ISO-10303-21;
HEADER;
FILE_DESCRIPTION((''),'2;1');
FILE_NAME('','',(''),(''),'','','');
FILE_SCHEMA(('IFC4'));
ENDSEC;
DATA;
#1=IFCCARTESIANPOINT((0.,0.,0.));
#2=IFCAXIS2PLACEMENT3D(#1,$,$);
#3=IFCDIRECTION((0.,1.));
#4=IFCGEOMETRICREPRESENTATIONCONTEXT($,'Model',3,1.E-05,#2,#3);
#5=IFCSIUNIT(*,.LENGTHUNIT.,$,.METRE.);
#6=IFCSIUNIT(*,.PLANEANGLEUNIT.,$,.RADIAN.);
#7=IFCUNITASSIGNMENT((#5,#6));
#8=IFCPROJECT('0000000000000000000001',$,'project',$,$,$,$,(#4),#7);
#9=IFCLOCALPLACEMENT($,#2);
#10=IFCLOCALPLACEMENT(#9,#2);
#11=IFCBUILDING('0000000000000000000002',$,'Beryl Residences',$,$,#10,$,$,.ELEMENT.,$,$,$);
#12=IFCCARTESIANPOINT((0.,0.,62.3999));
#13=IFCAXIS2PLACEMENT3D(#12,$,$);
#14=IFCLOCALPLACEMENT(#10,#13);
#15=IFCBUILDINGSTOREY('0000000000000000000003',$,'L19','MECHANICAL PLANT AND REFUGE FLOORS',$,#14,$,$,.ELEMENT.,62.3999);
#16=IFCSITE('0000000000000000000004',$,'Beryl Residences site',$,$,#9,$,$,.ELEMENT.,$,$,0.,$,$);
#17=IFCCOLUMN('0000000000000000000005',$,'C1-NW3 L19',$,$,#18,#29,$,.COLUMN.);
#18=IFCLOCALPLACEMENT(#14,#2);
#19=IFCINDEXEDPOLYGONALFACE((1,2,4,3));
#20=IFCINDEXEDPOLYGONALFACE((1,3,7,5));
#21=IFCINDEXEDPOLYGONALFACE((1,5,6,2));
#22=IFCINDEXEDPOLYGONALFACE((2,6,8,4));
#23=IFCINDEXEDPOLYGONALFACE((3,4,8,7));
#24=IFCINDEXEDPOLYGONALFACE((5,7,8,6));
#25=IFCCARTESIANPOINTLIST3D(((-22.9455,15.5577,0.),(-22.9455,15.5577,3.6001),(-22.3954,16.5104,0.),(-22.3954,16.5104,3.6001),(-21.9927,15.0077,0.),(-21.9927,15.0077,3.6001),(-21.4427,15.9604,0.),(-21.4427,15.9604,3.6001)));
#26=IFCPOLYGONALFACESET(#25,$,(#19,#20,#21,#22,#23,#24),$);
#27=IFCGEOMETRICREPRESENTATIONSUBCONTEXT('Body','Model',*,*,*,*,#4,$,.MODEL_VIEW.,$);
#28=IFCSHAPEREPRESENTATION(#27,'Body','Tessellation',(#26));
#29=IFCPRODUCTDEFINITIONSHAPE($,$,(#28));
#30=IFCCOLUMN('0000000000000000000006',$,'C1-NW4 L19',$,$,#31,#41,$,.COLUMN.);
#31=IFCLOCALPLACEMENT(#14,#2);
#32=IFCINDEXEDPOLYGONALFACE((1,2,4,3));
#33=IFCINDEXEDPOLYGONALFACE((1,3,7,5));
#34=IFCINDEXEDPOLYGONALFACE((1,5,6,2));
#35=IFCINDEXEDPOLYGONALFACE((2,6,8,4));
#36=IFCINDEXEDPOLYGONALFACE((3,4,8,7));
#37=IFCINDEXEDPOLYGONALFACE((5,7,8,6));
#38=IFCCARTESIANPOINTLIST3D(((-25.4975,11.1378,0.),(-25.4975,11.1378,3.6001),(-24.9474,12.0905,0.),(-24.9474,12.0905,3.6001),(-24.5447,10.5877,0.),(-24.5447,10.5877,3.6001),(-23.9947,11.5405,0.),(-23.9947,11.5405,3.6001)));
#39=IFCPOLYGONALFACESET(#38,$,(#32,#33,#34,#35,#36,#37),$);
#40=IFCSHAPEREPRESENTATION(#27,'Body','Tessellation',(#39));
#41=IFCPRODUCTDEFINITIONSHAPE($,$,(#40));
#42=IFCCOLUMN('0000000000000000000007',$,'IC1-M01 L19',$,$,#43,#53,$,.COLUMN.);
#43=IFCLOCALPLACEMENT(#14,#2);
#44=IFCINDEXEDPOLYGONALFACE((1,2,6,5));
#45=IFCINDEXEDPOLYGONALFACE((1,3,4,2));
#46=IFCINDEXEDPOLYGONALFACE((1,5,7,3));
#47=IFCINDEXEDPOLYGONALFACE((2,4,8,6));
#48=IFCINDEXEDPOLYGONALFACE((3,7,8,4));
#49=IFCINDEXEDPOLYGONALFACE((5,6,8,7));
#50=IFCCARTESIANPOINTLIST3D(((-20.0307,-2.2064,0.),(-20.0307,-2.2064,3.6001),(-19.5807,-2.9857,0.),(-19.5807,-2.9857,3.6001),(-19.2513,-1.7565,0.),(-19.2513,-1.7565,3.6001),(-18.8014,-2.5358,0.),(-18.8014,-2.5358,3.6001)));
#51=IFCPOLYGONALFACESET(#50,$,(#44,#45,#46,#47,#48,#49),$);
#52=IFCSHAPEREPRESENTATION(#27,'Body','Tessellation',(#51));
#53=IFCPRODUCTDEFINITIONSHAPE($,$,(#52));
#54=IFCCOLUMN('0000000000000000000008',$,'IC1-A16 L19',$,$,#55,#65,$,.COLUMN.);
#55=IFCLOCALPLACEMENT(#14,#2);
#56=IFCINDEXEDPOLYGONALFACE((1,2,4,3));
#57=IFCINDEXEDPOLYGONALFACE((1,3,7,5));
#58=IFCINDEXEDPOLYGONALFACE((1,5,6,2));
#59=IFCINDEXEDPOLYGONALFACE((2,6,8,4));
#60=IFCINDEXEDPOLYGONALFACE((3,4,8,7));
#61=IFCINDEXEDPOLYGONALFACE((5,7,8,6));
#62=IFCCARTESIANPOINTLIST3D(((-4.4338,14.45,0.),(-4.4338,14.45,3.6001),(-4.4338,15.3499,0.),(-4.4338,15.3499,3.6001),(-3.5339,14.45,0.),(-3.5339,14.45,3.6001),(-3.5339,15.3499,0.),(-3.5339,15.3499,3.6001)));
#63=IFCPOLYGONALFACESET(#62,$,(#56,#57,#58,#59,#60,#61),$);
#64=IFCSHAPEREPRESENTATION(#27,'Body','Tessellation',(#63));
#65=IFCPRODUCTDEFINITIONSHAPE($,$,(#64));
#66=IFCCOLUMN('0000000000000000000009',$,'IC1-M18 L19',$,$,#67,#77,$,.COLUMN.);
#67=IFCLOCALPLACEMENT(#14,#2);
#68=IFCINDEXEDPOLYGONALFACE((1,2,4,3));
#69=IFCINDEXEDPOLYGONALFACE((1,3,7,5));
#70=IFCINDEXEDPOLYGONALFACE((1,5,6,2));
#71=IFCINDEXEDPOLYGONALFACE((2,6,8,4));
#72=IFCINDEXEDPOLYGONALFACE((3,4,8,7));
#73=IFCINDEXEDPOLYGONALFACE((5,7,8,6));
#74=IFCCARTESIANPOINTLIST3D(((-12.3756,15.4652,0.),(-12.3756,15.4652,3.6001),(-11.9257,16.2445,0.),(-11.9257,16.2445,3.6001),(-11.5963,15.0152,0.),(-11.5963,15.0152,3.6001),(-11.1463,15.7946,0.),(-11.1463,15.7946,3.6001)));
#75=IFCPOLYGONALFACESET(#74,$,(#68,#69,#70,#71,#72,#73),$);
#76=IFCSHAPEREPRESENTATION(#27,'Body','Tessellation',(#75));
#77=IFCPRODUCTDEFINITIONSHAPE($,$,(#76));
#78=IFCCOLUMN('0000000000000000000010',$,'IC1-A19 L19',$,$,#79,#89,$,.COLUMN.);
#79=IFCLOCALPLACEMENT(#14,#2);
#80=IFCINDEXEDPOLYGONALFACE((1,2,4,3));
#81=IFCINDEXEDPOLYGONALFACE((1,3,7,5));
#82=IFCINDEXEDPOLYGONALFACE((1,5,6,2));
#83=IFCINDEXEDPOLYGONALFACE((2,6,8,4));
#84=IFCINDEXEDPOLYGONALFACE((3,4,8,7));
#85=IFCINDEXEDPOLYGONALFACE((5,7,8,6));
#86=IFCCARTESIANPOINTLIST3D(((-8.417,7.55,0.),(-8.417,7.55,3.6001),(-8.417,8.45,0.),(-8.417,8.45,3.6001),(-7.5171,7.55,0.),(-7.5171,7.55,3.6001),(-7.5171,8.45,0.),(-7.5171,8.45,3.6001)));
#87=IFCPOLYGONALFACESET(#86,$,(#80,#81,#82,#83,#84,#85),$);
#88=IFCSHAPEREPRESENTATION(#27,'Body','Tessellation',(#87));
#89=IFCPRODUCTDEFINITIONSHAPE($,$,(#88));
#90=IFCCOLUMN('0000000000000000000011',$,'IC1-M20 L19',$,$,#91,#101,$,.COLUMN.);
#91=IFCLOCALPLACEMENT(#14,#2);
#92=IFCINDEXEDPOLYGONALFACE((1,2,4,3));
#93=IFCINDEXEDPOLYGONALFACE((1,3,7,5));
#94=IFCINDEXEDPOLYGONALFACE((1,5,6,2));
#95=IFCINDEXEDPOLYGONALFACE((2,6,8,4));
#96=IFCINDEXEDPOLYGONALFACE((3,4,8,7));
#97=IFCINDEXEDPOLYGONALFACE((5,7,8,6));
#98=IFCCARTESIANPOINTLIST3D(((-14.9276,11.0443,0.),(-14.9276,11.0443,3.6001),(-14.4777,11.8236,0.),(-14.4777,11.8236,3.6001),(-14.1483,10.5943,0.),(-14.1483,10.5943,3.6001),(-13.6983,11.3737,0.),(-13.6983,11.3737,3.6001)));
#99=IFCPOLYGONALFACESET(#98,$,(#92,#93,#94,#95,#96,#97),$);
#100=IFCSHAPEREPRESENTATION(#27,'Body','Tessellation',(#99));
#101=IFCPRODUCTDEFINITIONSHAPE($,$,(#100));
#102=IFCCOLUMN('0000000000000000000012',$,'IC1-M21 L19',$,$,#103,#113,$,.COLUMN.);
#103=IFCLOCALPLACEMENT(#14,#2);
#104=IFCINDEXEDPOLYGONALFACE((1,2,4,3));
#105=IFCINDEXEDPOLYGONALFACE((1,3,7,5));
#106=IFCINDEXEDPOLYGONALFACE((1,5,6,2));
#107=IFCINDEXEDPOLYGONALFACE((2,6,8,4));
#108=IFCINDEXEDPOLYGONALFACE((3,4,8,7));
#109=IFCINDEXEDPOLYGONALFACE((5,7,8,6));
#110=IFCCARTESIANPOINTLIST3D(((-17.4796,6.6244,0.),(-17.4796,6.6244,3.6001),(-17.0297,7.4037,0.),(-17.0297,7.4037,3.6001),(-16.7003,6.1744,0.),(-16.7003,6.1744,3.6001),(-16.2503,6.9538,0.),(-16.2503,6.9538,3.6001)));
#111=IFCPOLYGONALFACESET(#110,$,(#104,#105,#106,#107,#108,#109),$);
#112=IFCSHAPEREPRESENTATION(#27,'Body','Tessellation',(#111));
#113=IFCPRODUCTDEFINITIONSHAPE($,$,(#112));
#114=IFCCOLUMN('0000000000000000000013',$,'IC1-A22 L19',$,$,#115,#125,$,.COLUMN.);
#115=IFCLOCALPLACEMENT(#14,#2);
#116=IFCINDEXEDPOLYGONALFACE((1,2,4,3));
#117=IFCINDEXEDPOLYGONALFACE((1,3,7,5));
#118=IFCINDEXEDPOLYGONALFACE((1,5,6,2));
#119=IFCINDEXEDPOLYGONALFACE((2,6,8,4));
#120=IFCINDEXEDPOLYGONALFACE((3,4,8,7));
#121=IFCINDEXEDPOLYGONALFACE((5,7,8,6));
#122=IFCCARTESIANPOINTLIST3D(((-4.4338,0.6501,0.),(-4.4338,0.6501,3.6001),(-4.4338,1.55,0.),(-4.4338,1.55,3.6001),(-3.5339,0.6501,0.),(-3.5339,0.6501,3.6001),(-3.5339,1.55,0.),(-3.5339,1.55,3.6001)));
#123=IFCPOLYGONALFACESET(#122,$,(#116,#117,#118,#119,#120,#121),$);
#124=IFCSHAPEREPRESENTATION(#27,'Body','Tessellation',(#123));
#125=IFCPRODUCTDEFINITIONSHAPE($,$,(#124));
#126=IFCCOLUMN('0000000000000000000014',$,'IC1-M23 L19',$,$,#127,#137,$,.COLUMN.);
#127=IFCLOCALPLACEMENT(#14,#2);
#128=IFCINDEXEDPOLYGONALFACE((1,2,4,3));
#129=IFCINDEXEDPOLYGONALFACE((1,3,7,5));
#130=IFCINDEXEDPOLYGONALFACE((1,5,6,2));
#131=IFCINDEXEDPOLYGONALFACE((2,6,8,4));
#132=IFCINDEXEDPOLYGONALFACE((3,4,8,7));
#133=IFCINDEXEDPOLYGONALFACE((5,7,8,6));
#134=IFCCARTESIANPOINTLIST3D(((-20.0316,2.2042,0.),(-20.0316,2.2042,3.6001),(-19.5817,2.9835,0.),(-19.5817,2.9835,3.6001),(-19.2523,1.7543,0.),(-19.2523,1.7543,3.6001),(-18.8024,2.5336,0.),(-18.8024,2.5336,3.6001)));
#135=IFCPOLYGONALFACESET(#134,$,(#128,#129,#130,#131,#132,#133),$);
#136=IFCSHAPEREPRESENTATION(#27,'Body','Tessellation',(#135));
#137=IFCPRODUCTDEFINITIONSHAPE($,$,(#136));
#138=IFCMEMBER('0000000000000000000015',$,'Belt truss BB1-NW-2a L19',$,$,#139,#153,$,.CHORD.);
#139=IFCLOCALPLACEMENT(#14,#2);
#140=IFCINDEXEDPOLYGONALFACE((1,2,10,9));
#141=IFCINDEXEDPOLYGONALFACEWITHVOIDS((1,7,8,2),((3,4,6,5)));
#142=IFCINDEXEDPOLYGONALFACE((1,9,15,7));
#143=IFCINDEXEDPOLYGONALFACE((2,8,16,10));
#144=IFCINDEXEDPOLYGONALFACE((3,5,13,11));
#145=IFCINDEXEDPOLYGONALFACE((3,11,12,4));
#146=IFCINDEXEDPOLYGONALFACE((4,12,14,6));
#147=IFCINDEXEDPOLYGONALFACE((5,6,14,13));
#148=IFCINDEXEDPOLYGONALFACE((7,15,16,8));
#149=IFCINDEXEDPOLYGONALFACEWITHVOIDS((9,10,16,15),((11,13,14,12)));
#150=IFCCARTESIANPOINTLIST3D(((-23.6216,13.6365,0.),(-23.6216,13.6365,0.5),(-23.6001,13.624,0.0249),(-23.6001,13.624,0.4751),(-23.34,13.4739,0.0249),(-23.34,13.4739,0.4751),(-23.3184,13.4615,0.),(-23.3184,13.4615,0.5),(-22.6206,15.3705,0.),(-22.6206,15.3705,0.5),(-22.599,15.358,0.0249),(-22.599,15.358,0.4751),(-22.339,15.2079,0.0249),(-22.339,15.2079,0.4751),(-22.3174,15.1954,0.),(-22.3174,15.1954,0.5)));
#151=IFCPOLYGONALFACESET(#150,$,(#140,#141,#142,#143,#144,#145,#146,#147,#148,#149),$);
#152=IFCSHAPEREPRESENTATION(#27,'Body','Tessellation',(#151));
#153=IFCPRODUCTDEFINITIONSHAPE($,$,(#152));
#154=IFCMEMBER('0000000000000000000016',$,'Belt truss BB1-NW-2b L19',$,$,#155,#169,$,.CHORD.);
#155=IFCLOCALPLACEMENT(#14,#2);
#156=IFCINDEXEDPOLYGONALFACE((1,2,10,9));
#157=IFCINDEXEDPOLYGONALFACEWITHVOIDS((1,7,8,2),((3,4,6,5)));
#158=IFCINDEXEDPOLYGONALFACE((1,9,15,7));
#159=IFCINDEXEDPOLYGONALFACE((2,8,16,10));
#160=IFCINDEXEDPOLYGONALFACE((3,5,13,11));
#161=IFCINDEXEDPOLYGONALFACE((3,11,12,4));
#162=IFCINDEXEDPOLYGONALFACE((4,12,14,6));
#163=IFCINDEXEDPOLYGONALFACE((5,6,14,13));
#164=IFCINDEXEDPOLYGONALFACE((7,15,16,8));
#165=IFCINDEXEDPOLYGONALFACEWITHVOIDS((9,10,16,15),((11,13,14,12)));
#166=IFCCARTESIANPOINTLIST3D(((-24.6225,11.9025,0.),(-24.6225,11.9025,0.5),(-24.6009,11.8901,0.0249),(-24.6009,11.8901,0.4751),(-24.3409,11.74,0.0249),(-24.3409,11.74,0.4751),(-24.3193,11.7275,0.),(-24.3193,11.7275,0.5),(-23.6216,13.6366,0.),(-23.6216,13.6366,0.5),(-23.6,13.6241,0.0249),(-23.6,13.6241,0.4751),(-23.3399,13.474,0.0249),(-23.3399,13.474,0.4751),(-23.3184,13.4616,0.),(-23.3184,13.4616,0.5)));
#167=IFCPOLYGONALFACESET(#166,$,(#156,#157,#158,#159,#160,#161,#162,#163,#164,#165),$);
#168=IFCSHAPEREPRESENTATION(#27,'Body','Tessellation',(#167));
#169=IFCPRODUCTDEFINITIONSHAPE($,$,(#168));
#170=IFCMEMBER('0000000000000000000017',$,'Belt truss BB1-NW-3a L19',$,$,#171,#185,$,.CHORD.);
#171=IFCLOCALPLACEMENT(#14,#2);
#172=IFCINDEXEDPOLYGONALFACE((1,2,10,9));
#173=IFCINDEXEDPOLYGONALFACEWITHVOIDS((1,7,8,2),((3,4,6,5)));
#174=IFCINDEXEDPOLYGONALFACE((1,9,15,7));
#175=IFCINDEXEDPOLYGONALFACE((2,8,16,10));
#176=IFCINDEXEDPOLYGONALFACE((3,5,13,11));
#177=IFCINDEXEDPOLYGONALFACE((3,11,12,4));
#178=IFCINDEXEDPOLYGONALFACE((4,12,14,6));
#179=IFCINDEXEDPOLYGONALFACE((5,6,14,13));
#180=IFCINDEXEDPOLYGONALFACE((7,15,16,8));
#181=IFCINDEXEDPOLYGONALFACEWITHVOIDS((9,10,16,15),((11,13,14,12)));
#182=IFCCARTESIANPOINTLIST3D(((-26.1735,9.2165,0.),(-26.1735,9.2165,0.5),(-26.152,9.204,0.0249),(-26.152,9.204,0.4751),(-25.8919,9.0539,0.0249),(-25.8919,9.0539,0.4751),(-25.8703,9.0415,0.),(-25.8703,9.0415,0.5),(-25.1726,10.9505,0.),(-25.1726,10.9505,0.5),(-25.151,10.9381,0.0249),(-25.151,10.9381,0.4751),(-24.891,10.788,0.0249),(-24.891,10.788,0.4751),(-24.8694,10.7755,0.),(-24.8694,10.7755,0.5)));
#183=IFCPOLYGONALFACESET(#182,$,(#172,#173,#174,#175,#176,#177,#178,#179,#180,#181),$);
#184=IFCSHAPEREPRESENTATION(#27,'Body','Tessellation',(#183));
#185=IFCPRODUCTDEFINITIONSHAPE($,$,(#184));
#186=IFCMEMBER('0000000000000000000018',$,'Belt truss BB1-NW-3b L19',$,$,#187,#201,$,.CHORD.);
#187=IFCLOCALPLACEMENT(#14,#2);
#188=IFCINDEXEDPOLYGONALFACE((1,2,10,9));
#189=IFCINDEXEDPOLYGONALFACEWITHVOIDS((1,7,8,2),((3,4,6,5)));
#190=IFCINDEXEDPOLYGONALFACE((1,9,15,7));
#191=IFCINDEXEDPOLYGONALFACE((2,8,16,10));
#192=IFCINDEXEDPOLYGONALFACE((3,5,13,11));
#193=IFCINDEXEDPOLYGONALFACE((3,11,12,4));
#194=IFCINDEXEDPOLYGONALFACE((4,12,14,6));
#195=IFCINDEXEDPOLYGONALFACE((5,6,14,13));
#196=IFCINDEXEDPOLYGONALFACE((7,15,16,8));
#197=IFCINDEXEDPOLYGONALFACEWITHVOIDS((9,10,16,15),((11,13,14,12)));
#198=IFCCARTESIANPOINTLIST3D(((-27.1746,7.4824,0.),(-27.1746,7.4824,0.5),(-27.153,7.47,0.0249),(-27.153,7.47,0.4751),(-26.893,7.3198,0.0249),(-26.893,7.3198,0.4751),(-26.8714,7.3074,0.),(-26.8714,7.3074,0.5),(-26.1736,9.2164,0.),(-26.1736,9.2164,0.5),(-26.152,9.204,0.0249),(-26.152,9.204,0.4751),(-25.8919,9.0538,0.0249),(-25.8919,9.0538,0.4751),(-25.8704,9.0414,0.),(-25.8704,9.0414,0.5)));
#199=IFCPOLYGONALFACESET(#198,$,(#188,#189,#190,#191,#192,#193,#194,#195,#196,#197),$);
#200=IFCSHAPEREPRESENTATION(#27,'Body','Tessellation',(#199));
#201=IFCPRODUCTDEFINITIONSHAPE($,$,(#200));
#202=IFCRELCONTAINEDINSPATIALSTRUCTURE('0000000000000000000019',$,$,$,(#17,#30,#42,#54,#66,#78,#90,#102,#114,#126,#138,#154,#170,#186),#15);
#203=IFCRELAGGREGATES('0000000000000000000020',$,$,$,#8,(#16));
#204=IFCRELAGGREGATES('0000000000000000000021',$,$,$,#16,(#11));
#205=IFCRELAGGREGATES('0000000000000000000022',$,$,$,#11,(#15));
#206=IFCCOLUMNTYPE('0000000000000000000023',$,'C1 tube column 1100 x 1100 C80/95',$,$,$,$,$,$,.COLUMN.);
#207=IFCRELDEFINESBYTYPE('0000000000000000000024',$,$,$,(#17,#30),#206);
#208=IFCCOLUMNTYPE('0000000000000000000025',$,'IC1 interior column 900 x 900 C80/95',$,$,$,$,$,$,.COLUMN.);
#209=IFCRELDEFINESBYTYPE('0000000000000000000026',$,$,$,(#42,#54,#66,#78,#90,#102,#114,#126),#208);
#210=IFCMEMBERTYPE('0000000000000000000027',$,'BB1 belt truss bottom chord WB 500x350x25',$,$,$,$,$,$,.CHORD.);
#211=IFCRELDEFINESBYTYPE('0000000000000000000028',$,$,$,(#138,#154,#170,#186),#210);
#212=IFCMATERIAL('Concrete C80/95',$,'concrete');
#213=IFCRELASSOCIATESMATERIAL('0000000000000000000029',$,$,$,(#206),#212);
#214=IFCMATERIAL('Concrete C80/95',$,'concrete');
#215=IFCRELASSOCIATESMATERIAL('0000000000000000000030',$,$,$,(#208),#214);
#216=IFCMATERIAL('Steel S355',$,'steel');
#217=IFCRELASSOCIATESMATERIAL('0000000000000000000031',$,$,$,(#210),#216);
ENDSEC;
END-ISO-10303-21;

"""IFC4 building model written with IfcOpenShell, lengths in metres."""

from ifc_helpers import new_model, si_unit, direction, frame, origin, origin_2d, place, context, subcontext, project, spatial, rectangle, hollow_rectangle, extrude, material, material_profile, profile_set, type_object, element, save


model = new_model("IFC4")

# Units and contexts
model_context = context("Model", 3, precision=1e-05, world=origin(), true_north=direction((0.0, 1.0)))
body_context = subcontext(model_context, "Body", "Model", "MODEL_VIEW")
ifc_project = project(units=[si_unit("LENGTHUNIT", "METRE"), si_unit("PLANEANGLEUNIT", "RADIAN")], contexts=[model_context])

# Site, building, storey
site_placement = place(None, origin())
site = spatial("IfcSite", under=ifc_project, at=site_placement, Name="Beryl Residences site", CompositionType="ELEMENT", RefElevation=0.0)
building_placement = place(site_placement, origin())
building = spatial("IfcBuilding", under=site, at=building_placement, Name="Beryl Residences", CompositionType="ELEMENT")
storey_placement = place(building_placement, frame((0.0, 0.0, 62.3999)))
storey = spatial("IfcBuildingStorey", under=building, at=storey_placement, Name="L19", Description="MECHANICAL PLANT AND REFUGE FLOORS", CompositionType="ELEMENT", Elevation=62.3999)

# Columns
ifc_material_1 = material(Name="Concrete C80/95", Category="concrete")
ifc_material_profile_1 = material_profile(ifc_material_1, rectangle(XDim=1.1001, YDim=1.1001, at=origin_2d()))
ifc_profile_set_1 = profile_set([ifc_material_profile_1], Name="Concrete C80/95")
column_type_1 = type_object("IfcColumnType", Name="C1 tube column 1100 x 1100 C80/95", PredefinedType="COLUMN", material=ifc_profile_set_1)
for number, where, z_axis, x_axis, name in (
    (1, (-22.1941, 15.759, 0.0), (0.0, 0.0, 1.0), (-0.499985, -0.866034, 0.0), "C1-NW3 L19"),
    (2, (-24.7461, 11.3391, 0.0), (0.0, 0.0, 1.0), (-0.499985, -0.866034, 0.0), "C1-NW4 L19"),
):
    element("IfcColumn", number, at=place(storey_placement, frame(where, z_axis=z_axis, x_axis=x_axis)), inside=storey, type_object=column_type_1, Name=name, PredefinedType="COLUMN", context=body_context, shape_type="SweptSolid", body=[
        extrude(rectangle(XDim=1.1001, YDim=1.1001, at=origin_2d()), origin(), (0.0, 0.0, 1.0), 3.6001),
    ])
ifc_material_2 = material(Name="Concrete C80/95", Category="concrete")
ifc_material_profile_2 = material_profile(ifc_material_2, rectangle(XDim=0.8999, YDim=0.8999, at=origin_2d()))
ifc_profile_set_2 = profile_set([ifc_material_profile_2], Name="Concrete C80/95")
column_type_2 = type_object("IfcColumnType", Name="IC1 interior column 900 x 900 C80/95", PredefinedType="COLUMN", material=ifc_profile_set_2)
for number, where, z_axis, x_axis, name in (
    (3, (-19.416, -2.3711, 0.0), (0.0, 0.0, 1.0), (0.499985, -0.866034, 0.0), "IC1-M01 L19"),
    (4, (-3.9839, 14.8999, 0.0), (0.0, 0.0, 1.0), (1.0, 0.0, 0.0), "IC1-A16 L19"),
    (5, (-11.761, 15.6299, 0.0), (0.0, 0.0, 1.0), (-0.499985, -0.866034, 0.0), "IC1-M18 L19"),
    (6, (-7.967, 8.0, 0.0), (0.0, 0.0, 1.0), (1.0, 0.0, 0.0), "IC1-A19 L19"),
    (7, (-14.313, 11.209, 0.0), (0.0, 0.0, 1.0), (-0.499985, -0.866034, 0.0), "IC1-M20 L19"),
    (8, (-16.865, 6.7891, 0.0), (0.0, 0.0, 1.0), (-0.499985, -0.866034, 0.0), "IC1-M21 L19"),
    (9, (-3.9839, 1.1001, 0.0), (0.0, 0.0, 1.0), (1.0, 0.0, 0.0), "IC1-A22 L19"),
    (10, (-19.417, 2.3689, 0.0), (0.0, 0.0, 1.0), (-0.499985, -0.866034, 0.0), "IC1-M23 L19"),
):
    element("IfcColumn", number, at=place(storey_placement, frame(where, z_axis=z_axis, x_axis=x_axis)), inside=storey, type_object=column_type_2, Name=name, PredefinedType="COLUMN", context=body_context, shape_type="SweptSolid", body=[
        extrude(rectangle(XDim=0.8999, YDim=0.8999, at=origin_2d()), origin(), (0.0, 0.0, 1.0), 3.6001),
    ])

# Members
ifc_material_3 = material(Name="Steel S355", Category="steel")
ifc_material_profile_3 = material_profile(ifc_material_3, hollow_rectangle(XDim=0.3501, YDim=0.5, WallThickness=0.0249, at=origin_2d()))
ifc_profile_set_3 = profile_set([ifc_material_profile_3], Name="Steel S355")
member_type_1 = type_object("IfcMemberType", Name="BB1 belt truss bottom chord WB 500x350x25", PredefinedType="CHORD", material=ifc_profile_set_3)
for number, where, z_axis, x_axis, name in (
    (11, (-22.469, 15.283, 0.25), (-0.499969, -0.866043, 0.0), (0.866043, -0.499969, 0.0), "Belt truss BB1-NW-2a L19"),
    (12, (-23.47, 13.5491, 0.25), (-0.499916, -0.866074, 0.0), (0.866074, -0.499916, 0.0), "Belt truss BB1-NW-2b L19"),
    (13, (-25.021, 10.863, 0.25), (-0.499916, -0.866074, 0.0), (0.866074, -0.499916, 0.0), "Belt truss BB1-NW-3a L19"),
    (14, (-26.022, 9.1289, 0.25), (-0.499969, -0.866043, 0.0), (0.866043, -0.499969, 0.0), "Belt truss BB1-NW-3b L19"),
):
    element("IfcMember", number, at=place(storey_placement, frame(where, z_axis=z_axis, x_axis=x_axis)), inside=storey, type_object=member_type_1, Name=name, PredefinedType="CHORD", context=body_context, shape_type="SweptSolid", body=[
        extrude(hollow_rectangle(XDim=0.3501, YDim=0.5, WallThickness=0.0249, at=origin_2d()), origin(), (0.0, 0.0, 1.0), 2.0022),
    ])

save(model, "model.ifc")
